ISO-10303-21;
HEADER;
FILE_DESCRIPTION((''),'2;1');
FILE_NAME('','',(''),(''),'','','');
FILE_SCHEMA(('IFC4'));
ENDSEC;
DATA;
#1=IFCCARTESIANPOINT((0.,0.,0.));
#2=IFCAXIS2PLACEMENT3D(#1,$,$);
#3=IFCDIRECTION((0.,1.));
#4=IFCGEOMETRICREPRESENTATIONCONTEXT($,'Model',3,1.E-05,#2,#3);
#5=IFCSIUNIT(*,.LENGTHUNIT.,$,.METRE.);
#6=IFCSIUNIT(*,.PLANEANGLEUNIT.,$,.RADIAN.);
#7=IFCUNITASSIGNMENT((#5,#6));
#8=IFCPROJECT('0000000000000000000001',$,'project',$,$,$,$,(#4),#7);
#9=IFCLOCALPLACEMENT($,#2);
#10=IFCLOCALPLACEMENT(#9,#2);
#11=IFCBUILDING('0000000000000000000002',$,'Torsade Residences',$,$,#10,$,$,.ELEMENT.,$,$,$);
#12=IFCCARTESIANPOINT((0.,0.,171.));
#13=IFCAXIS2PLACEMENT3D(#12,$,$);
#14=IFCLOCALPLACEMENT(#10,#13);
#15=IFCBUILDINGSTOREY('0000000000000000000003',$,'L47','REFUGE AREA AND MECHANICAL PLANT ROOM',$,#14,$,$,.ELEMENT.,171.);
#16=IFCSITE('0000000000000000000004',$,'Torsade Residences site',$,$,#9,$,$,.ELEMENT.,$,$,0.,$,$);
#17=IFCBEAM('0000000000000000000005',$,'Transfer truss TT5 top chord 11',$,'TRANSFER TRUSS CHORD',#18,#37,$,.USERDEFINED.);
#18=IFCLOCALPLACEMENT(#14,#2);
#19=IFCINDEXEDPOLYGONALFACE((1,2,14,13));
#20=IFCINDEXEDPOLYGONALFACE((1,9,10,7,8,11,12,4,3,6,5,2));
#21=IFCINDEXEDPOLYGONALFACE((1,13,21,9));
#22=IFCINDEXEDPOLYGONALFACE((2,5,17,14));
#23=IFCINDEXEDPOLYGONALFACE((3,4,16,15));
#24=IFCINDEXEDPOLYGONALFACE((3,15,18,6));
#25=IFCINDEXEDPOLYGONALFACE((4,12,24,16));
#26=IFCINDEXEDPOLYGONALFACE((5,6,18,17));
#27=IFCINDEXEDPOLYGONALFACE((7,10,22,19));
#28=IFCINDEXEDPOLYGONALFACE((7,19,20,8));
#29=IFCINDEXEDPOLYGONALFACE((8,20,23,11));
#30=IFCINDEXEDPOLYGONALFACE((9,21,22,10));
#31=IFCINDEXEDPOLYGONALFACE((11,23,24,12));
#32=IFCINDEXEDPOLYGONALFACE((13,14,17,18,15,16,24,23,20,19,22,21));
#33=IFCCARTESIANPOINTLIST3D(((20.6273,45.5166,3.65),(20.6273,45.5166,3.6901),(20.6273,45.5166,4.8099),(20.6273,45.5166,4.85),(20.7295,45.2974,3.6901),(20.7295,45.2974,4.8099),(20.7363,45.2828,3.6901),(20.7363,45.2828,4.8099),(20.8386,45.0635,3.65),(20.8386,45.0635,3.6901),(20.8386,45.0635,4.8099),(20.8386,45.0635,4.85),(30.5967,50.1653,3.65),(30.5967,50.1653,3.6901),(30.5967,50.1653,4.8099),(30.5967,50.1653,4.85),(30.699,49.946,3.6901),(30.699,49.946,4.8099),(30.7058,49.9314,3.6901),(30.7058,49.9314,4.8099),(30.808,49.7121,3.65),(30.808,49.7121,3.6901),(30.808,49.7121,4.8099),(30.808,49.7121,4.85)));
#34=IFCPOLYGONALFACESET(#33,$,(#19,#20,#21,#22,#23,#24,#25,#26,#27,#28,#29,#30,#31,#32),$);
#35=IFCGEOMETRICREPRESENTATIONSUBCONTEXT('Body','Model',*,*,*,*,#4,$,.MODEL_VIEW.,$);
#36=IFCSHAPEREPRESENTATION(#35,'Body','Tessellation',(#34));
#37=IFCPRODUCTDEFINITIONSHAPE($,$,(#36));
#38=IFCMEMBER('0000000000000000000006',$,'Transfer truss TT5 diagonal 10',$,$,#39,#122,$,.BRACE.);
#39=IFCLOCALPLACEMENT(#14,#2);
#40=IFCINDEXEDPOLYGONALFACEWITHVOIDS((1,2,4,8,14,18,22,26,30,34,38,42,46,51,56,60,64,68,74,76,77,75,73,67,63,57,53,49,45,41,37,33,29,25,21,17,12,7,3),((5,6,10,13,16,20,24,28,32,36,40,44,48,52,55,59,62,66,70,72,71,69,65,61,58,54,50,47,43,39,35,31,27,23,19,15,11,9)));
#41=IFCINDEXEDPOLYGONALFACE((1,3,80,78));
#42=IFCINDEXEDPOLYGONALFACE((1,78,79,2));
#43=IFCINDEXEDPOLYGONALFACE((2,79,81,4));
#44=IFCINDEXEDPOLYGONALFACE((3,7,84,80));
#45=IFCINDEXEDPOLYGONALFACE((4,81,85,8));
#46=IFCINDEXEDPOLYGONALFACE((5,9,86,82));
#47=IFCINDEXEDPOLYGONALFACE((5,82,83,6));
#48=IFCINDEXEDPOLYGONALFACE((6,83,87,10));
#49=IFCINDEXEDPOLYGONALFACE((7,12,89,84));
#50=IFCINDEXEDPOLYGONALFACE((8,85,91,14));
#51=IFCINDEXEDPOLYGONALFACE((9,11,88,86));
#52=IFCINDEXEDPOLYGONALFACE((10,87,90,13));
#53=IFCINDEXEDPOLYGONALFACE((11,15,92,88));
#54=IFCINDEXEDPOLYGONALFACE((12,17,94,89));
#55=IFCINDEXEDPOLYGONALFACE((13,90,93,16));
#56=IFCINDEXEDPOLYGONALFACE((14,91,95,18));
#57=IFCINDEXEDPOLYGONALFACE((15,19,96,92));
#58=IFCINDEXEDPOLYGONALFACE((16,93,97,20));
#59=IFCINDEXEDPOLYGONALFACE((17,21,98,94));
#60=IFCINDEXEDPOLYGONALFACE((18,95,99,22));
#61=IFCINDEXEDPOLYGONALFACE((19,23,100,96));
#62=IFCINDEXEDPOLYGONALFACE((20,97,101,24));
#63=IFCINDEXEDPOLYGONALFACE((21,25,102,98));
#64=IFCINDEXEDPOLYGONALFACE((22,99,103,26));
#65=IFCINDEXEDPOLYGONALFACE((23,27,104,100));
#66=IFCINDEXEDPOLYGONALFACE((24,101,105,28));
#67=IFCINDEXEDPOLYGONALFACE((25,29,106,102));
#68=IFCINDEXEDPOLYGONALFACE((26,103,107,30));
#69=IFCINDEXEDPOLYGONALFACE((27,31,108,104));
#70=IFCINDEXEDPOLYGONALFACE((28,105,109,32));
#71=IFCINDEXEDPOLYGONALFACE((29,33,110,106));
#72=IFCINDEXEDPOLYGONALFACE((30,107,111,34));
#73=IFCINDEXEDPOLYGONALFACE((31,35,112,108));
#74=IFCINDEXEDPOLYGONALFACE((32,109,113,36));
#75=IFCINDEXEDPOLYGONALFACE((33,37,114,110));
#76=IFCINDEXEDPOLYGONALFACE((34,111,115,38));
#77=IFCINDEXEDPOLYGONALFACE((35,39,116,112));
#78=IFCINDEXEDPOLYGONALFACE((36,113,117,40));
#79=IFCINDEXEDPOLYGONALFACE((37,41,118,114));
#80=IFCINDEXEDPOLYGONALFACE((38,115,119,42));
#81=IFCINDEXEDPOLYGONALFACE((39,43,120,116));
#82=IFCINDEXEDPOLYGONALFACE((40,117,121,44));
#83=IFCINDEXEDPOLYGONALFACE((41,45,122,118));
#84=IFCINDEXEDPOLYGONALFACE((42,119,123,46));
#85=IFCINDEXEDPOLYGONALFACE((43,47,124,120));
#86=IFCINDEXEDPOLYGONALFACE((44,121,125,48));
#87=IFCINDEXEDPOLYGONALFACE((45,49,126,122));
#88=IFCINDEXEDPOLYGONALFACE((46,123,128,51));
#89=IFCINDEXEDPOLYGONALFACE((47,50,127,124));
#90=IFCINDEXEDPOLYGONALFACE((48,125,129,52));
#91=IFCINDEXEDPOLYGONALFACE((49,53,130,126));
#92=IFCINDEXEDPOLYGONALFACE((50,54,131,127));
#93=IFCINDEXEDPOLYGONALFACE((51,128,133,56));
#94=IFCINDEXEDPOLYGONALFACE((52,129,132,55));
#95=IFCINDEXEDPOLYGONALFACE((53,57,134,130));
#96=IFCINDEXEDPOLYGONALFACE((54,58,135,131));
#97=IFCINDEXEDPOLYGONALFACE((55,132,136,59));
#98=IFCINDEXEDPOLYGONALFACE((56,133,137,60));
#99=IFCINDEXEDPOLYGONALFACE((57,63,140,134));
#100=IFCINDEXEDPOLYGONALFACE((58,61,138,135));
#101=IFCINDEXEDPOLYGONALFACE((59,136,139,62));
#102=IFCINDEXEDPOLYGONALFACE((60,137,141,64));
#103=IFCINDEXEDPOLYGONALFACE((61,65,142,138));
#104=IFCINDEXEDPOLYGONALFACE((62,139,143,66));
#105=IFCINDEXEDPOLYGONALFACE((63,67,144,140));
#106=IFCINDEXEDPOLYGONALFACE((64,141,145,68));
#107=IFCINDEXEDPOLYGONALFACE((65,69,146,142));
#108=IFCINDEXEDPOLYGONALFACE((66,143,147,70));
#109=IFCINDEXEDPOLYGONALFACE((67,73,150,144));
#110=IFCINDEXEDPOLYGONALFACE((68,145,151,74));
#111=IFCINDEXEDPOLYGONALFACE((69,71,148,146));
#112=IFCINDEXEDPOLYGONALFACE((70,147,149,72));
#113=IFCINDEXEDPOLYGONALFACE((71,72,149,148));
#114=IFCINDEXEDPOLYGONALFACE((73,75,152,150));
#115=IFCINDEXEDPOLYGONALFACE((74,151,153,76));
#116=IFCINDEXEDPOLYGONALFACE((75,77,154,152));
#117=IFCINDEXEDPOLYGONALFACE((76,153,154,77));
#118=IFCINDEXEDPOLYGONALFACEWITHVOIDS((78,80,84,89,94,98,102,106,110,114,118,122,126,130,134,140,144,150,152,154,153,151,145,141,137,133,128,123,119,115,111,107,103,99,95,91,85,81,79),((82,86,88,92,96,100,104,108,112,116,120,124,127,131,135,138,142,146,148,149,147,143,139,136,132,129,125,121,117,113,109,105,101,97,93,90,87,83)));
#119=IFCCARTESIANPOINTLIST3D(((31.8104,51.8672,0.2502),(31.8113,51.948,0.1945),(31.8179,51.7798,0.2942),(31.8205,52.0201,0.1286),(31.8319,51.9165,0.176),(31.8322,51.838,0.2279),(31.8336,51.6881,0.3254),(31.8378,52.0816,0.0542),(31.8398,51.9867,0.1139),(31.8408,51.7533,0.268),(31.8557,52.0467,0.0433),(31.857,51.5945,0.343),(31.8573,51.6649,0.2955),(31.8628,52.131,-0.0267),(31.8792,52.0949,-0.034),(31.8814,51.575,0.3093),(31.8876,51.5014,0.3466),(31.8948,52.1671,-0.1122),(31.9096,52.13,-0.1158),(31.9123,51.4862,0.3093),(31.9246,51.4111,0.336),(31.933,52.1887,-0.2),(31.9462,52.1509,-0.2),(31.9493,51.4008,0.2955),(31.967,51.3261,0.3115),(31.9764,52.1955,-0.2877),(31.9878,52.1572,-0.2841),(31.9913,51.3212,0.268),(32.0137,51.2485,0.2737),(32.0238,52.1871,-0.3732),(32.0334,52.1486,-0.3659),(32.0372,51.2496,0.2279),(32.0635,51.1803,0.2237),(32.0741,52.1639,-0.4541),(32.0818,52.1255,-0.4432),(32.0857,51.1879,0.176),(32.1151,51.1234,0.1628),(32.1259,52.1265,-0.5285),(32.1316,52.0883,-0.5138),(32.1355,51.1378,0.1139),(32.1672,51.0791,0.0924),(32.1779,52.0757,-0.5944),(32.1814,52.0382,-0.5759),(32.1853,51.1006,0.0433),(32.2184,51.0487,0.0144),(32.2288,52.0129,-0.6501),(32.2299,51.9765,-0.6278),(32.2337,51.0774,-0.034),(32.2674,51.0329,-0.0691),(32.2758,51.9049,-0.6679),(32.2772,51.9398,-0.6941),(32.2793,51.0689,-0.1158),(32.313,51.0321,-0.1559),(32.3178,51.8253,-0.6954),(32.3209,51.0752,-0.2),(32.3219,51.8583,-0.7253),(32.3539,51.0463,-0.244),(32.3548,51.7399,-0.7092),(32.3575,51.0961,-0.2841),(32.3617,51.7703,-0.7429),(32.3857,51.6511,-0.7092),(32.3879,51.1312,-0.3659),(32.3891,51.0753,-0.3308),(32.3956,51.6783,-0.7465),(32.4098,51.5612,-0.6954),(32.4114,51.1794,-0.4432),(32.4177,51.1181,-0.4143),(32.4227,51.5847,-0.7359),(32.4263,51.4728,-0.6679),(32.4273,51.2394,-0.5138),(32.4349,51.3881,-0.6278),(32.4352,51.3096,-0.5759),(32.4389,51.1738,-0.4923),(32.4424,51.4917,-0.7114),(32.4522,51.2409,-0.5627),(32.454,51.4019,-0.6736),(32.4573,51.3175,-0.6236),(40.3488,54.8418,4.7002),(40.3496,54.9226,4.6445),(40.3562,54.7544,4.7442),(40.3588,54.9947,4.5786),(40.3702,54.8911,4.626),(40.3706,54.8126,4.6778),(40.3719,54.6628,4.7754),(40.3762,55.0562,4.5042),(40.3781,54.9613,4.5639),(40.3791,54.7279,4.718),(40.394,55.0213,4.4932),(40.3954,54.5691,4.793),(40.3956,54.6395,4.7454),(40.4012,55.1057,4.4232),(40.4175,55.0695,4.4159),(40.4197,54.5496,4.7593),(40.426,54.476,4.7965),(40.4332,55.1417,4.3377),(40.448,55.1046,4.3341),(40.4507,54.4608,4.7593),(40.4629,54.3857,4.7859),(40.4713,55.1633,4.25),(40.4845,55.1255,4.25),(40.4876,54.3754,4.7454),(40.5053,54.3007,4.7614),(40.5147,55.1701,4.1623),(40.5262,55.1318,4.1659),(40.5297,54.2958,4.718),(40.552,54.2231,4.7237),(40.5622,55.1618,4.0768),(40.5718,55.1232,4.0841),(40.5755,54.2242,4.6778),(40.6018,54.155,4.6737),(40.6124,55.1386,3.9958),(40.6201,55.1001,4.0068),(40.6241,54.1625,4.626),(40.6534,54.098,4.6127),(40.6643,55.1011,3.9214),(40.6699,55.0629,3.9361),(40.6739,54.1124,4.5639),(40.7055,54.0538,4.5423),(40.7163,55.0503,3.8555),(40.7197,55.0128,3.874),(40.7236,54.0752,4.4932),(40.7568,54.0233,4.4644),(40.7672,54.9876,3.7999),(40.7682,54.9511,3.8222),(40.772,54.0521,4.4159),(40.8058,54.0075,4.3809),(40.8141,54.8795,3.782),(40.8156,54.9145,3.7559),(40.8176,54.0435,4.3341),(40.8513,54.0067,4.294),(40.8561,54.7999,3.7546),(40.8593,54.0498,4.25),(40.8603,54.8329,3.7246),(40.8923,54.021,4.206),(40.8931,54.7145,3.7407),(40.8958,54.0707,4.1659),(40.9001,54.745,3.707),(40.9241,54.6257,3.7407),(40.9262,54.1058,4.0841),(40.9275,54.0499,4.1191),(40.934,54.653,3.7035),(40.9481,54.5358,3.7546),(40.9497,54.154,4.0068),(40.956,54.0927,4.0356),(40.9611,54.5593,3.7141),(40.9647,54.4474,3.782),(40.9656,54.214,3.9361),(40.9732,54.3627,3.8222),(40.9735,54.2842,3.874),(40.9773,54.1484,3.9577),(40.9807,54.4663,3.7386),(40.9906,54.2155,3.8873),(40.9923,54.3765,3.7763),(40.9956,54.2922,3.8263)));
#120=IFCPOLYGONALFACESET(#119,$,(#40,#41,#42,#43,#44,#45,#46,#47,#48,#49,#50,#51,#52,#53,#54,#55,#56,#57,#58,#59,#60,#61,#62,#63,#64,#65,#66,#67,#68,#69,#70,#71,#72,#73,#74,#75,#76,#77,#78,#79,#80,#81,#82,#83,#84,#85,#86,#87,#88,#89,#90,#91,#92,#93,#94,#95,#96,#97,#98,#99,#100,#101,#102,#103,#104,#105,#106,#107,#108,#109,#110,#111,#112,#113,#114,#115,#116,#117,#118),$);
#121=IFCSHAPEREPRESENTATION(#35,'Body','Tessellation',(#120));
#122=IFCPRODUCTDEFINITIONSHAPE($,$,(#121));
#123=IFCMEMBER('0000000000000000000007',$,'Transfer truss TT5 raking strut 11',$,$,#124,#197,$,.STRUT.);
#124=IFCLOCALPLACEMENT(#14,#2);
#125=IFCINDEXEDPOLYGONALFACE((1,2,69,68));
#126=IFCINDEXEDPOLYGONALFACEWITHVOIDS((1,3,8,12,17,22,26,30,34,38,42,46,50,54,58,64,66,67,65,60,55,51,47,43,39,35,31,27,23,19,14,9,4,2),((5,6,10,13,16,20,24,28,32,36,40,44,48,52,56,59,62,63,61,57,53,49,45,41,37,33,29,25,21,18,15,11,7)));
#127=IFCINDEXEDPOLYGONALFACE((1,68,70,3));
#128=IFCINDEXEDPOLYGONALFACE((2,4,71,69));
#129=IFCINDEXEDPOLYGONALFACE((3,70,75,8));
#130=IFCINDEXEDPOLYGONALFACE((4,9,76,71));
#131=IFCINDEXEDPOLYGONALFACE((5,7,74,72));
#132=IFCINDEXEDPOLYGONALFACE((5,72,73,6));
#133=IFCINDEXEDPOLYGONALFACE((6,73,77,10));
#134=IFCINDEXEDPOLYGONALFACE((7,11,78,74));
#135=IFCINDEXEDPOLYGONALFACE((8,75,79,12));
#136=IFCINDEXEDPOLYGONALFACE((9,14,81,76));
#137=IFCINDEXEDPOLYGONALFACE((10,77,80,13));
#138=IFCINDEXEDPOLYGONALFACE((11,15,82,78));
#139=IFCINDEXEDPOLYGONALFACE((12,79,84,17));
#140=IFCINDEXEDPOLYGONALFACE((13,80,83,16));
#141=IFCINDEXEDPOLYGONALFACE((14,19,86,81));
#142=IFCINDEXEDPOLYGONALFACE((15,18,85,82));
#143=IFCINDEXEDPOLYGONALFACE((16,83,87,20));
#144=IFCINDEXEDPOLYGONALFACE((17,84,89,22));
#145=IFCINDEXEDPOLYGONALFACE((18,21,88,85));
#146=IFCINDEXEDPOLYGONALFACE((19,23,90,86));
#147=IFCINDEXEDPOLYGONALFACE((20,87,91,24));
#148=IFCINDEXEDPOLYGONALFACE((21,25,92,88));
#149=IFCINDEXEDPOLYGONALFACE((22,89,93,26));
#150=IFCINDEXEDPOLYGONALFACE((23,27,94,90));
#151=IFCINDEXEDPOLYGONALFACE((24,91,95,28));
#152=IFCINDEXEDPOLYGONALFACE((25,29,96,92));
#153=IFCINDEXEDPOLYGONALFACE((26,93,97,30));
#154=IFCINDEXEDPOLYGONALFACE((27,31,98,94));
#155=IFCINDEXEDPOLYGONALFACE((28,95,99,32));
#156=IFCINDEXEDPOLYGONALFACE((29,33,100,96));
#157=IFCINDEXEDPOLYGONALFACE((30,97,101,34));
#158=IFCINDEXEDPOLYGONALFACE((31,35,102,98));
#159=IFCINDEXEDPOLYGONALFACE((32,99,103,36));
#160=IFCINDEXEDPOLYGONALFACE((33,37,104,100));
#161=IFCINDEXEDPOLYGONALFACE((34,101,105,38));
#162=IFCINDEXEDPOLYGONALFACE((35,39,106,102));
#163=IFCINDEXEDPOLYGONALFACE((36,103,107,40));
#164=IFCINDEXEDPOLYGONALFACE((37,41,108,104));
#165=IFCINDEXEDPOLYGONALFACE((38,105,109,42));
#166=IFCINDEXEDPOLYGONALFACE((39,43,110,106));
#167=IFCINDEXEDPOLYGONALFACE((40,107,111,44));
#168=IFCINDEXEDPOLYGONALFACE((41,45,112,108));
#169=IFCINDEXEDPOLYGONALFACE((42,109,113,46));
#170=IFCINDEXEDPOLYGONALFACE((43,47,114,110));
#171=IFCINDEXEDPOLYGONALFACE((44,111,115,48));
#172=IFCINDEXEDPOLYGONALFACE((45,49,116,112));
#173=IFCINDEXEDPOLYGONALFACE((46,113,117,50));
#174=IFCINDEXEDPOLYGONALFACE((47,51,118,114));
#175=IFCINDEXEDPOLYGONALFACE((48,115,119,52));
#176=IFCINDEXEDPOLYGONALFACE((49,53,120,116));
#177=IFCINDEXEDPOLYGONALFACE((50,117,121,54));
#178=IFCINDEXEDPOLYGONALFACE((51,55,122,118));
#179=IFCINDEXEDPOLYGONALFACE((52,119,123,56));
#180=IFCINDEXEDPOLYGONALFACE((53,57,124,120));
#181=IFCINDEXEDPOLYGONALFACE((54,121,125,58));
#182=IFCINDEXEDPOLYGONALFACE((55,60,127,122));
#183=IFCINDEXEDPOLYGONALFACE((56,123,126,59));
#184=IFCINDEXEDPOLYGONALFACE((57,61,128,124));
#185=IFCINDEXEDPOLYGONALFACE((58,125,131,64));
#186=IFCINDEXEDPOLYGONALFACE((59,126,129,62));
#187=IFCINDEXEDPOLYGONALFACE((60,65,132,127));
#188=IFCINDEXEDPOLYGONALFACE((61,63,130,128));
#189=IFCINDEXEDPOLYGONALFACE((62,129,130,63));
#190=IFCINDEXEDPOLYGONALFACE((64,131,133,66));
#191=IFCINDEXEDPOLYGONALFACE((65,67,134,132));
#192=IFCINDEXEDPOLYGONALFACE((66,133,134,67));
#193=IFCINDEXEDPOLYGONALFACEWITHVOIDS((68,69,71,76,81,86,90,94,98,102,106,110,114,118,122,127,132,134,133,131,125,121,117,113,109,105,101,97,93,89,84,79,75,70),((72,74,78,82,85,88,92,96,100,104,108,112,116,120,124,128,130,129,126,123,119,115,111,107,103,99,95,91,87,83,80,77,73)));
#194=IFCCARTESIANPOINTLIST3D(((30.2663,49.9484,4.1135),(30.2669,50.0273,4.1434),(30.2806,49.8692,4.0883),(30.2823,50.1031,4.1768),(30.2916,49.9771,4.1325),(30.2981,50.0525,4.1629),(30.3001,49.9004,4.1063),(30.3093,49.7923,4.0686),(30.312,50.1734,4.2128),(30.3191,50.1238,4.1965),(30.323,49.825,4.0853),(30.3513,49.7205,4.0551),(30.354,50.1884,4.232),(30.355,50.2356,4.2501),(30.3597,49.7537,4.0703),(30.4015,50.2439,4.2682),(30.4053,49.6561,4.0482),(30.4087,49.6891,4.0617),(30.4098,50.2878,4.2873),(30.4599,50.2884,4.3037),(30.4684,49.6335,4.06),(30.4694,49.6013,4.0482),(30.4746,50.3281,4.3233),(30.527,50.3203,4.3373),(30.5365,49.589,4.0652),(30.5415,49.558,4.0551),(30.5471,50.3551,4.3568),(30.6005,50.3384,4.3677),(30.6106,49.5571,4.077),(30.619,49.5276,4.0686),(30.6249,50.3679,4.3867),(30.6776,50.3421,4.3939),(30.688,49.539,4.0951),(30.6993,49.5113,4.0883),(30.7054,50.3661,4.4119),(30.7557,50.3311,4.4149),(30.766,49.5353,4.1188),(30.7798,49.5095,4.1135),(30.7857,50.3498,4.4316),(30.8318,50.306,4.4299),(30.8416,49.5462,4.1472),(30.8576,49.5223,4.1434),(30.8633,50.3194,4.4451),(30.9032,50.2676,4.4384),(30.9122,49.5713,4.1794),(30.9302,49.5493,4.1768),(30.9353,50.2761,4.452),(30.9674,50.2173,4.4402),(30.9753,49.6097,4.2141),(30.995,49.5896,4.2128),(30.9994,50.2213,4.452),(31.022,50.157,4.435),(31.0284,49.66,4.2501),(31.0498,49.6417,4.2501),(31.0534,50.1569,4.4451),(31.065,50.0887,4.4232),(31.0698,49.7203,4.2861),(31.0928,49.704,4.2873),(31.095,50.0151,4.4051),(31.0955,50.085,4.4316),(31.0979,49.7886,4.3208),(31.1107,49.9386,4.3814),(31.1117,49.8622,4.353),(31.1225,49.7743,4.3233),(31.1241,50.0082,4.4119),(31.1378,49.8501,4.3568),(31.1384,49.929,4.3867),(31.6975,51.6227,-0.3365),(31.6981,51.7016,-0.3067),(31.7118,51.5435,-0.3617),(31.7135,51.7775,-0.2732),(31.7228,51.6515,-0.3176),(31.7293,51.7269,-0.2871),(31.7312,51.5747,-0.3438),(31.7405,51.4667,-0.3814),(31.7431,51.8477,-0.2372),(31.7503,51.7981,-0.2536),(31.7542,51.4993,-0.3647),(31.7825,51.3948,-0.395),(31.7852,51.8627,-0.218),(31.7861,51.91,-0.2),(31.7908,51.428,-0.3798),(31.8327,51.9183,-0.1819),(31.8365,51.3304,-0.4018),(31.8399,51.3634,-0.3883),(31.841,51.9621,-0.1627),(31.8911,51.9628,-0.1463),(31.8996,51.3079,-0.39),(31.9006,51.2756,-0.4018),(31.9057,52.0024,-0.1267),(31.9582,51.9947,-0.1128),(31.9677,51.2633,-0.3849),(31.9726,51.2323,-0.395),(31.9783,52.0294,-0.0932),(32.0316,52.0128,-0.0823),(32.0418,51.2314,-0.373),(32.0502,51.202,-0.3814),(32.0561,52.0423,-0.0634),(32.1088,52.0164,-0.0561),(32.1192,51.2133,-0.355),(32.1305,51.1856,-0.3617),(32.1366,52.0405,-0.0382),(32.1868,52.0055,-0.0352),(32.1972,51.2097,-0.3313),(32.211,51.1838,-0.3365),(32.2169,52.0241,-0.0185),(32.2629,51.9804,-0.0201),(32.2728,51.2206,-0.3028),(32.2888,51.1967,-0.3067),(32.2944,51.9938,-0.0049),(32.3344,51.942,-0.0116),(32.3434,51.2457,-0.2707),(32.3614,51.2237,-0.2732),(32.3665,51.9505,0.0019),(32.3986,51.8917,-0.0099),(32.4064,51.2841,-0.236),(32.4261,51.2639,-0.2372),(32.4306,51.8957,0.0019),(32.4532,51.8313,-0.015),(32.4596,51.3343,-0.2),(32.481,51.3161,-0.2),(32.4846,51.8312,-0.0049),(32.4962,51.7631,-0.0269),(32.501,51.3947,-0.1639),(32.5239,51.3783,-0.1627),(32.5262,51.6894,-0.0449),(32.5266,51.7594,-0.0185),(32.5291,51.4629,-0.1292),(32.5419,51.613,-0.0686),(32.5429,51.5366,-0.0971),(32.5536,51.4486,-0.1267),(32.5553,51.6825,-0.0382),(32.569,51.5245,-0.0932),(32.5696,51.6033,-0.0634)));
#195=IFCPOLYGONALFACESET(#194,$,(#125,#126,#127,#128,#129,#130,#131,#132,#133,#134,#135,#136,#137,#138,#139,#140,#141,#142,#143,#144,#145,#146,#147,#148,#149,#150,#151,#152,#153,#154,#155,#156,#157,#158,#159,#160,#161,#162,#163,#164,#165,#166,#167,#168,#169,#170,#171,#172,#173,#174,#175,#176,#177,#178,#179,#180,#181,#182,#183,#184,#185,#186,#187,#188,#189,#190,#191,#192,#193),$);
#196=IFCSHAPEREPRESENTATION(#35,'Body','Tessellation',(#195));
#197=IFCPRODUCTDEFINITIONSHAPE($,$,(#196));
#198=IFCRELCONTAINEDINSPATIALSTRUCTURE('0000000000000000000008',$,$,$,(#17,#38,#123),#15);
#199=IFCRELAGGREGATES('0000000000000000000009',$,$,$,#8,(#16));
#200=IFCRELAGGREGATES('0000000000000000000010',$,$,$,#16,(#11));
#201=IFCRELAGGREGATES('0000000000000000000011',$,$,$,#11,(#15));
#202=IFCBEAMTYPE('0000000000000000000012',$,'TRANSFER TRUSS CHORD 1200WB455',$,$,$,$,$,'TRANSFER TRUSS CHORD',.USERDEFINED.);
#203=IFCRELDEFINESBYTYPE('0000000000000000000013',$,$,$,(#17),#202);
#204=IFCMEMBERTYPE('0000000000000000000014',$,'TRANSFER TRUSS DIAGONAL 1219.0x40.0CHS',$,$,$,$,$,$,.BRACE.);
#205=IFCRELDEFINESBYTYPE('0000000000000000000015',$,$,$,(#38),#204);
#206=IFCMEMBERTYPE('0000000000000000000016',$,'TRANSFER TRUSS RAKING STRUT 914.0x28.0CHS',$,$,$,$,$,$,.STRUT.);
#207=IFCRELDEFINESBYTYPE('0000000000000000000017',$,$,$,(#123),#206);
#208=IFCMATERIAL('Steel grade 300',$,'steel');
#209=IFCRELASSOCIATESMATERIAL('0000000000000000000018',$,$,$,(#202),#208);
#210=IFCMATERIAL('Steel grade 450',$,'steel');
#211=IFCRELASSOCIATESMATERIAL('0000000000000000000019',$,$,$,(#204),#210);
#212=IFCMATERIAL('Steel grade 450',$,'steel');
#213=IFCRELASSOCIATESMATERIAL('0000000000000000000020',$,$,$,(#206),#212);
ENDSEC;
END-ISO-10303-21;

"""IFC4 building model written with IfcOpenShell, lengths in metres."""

from ifc_helpers import new_model, si_unit, direction, frame, origin, origin_2d, place, context, subcontext, project, spatial, hollow_circle, i_section, extrude, material, material_profile, profile_set, type_object, element, save


model = new_model("IFC4")

# Units and contexts
model_context = context("Model", 3, precision=1e-05, world=origin(), true_north=direction((0.0, 1.0)))
body_context = subcontext(model_context, "Body", "Model", "MODEL_VIEW")
ifc_project = project(units=[si_unit("LENGTHUNIT", "METRE"), si_unit("PLANEANGLEUNIT", "RADIAN")], contexts=[model_context])

# Site, building, storey
site_placement = place(None, origin())
site = spatial("IfcSite", under=ifc_project, at=site_placement, Name="Torsade Residences site", CompositionType="ELEMENT", RefElevation=0.0)
building_placement = place(site_placement, origin())
building = spatial("IfcBuilding", under=site, at=building_placement, Name="Torsade Residences", CompositionType="ELEMENT")
storey_placement = place(building_placement, frame((0.0, 0.0, 171.0)))
storey = spatial("IfcBuildingStorey", under=building, at=storey_placement, Name="L47", Description="REFUGE AREA AND MECHANICAL PLANT ROOM", CompositionType="ELEMENT", Elevation=171.0)

# Beam
ifc_material_1 = material(Name="Steel grade 300", Category="steel")
ifc_material_profile_1 = material_profile(ifc_material_1, i_section(OverallWidth=0.5, OverallDepth=1.2, WebThickness=0.0161, FlangeThickness=0.04, at=origin_2d()), Name="1200WB455")
ifc_profile_set_1 = profile_set([ifc_material_profile_1], Name="Steel grade 300")
beam_type_1 = type_object("IfcBeamType", Name="TRANSFER TRUSS CHORD 1200WB455", ElementType="TRANSFER TRUSS CHORD", PredefinedType="USERDEFINED", material=ifc_profile_set_1)
beam_1_placement = place(storey_placement, frame((30.7024, 49.9387, 4.25), z_axis=(-0.906314, -0.422606, 0.0), x_axis=(0.422606, -0.906314, 0.0)))
element("IfcBeam", 1, at=beam_1_placement, inside=storey, type_object=beam_type_1, Name="Transfer truss TT5 top chord 11", ObjectType="TRANSFER TRUSS CHORD", PredefinedType="USERDEFINED", context=body_context, shape_type="SweptSolid", body=[
    extrude(i_section(OverallWidth=0.5, OverallDepth=1.2, WebThickness=0.0161, FlangeThickness=0.04, at=origin_2d()), origin(), (0.0, 0.0, 1.0), 11.0),
])

# Members
ifc_material_2 = material(Name="Steel grade 450", Category="steel")
ifc_material_profile_2 = material_profile(ifc_material_2, hollow_circle(Radius=0.6096, WallThickness=0.04, at=origin_2d()), Name="1219.0x40.0CHS")
ifc_profile_set_2 = profile_set([ifc_material_profile_2], Name="Steel grade 450")
member_type_1 = type_object("IfcMemberType", Name="TRANSFER TRUSS DIAGONAL 1219.0x40.0CHS", PredefinedType="BRACE", material=ifc_profile_set_2)
member_1_placement = place(storey_placement, frame((32.1335, 51.613, -0.2), z_axis=(0.847277, 0.295177, 0.441578), x_axis=(-0.32899, 0.944333, 0.0)))
element("IfcMember", 2, at=member_1_placement, inside=storey, type_object=member_type_1, Name="Transfer truss TT5 diagonal 10", PredefinedType="BRACE", context=body_context, shape_type="SweptSolid", body=[
    extrude(hollow_circle(Radius=0.6096, WallThickness=0.04, at=origin_2d()), origin(), (0.0, 0.0, 1.0), 10.0774),
])
ifc_material_3 = material(Name="Steel grade 450", Category="steel")
ifc_material_profile_3 = material_profile(ifc_material_3, hollow_circle(Radius=0.457, WallThickness=0.0281, at=origin_2d()), Name="914.0x28.0CHS")
ifc_profile_set_3 = profile_set([ifc_material_profile_3], Name="Steel grade 450")
member_type_2 = type_object("IfcMemberType", Name="TRANSFER TRUSS RAKING STRUT 914.0x28.0CHS", PredefinedType="STRUT", material=ifc_profile_set_3)
member_2_placement = place(storey_placement, frame((32.1335, 51.613, -0.2), z_axis=(-0.288234, -0.337208, 0.896221), x_axis=(0.760148, -0.64975, 0.0)))
element("IfcMember", 3, at=member_2_placement, inside=storey, type_object=member_type_2, Name="Transfer truss TT5 raking strut 11", PredefinedType="STRUT", context=body_context, shape_type="SweptSolid", body=[
    extrude(hollow_circle(Radius=0.457, WallThickness=0.0281, at=origin_2d()), origin(), (0.0, 0.0, 1.0), 4.9653),
])

save(model, "model.ifc")
